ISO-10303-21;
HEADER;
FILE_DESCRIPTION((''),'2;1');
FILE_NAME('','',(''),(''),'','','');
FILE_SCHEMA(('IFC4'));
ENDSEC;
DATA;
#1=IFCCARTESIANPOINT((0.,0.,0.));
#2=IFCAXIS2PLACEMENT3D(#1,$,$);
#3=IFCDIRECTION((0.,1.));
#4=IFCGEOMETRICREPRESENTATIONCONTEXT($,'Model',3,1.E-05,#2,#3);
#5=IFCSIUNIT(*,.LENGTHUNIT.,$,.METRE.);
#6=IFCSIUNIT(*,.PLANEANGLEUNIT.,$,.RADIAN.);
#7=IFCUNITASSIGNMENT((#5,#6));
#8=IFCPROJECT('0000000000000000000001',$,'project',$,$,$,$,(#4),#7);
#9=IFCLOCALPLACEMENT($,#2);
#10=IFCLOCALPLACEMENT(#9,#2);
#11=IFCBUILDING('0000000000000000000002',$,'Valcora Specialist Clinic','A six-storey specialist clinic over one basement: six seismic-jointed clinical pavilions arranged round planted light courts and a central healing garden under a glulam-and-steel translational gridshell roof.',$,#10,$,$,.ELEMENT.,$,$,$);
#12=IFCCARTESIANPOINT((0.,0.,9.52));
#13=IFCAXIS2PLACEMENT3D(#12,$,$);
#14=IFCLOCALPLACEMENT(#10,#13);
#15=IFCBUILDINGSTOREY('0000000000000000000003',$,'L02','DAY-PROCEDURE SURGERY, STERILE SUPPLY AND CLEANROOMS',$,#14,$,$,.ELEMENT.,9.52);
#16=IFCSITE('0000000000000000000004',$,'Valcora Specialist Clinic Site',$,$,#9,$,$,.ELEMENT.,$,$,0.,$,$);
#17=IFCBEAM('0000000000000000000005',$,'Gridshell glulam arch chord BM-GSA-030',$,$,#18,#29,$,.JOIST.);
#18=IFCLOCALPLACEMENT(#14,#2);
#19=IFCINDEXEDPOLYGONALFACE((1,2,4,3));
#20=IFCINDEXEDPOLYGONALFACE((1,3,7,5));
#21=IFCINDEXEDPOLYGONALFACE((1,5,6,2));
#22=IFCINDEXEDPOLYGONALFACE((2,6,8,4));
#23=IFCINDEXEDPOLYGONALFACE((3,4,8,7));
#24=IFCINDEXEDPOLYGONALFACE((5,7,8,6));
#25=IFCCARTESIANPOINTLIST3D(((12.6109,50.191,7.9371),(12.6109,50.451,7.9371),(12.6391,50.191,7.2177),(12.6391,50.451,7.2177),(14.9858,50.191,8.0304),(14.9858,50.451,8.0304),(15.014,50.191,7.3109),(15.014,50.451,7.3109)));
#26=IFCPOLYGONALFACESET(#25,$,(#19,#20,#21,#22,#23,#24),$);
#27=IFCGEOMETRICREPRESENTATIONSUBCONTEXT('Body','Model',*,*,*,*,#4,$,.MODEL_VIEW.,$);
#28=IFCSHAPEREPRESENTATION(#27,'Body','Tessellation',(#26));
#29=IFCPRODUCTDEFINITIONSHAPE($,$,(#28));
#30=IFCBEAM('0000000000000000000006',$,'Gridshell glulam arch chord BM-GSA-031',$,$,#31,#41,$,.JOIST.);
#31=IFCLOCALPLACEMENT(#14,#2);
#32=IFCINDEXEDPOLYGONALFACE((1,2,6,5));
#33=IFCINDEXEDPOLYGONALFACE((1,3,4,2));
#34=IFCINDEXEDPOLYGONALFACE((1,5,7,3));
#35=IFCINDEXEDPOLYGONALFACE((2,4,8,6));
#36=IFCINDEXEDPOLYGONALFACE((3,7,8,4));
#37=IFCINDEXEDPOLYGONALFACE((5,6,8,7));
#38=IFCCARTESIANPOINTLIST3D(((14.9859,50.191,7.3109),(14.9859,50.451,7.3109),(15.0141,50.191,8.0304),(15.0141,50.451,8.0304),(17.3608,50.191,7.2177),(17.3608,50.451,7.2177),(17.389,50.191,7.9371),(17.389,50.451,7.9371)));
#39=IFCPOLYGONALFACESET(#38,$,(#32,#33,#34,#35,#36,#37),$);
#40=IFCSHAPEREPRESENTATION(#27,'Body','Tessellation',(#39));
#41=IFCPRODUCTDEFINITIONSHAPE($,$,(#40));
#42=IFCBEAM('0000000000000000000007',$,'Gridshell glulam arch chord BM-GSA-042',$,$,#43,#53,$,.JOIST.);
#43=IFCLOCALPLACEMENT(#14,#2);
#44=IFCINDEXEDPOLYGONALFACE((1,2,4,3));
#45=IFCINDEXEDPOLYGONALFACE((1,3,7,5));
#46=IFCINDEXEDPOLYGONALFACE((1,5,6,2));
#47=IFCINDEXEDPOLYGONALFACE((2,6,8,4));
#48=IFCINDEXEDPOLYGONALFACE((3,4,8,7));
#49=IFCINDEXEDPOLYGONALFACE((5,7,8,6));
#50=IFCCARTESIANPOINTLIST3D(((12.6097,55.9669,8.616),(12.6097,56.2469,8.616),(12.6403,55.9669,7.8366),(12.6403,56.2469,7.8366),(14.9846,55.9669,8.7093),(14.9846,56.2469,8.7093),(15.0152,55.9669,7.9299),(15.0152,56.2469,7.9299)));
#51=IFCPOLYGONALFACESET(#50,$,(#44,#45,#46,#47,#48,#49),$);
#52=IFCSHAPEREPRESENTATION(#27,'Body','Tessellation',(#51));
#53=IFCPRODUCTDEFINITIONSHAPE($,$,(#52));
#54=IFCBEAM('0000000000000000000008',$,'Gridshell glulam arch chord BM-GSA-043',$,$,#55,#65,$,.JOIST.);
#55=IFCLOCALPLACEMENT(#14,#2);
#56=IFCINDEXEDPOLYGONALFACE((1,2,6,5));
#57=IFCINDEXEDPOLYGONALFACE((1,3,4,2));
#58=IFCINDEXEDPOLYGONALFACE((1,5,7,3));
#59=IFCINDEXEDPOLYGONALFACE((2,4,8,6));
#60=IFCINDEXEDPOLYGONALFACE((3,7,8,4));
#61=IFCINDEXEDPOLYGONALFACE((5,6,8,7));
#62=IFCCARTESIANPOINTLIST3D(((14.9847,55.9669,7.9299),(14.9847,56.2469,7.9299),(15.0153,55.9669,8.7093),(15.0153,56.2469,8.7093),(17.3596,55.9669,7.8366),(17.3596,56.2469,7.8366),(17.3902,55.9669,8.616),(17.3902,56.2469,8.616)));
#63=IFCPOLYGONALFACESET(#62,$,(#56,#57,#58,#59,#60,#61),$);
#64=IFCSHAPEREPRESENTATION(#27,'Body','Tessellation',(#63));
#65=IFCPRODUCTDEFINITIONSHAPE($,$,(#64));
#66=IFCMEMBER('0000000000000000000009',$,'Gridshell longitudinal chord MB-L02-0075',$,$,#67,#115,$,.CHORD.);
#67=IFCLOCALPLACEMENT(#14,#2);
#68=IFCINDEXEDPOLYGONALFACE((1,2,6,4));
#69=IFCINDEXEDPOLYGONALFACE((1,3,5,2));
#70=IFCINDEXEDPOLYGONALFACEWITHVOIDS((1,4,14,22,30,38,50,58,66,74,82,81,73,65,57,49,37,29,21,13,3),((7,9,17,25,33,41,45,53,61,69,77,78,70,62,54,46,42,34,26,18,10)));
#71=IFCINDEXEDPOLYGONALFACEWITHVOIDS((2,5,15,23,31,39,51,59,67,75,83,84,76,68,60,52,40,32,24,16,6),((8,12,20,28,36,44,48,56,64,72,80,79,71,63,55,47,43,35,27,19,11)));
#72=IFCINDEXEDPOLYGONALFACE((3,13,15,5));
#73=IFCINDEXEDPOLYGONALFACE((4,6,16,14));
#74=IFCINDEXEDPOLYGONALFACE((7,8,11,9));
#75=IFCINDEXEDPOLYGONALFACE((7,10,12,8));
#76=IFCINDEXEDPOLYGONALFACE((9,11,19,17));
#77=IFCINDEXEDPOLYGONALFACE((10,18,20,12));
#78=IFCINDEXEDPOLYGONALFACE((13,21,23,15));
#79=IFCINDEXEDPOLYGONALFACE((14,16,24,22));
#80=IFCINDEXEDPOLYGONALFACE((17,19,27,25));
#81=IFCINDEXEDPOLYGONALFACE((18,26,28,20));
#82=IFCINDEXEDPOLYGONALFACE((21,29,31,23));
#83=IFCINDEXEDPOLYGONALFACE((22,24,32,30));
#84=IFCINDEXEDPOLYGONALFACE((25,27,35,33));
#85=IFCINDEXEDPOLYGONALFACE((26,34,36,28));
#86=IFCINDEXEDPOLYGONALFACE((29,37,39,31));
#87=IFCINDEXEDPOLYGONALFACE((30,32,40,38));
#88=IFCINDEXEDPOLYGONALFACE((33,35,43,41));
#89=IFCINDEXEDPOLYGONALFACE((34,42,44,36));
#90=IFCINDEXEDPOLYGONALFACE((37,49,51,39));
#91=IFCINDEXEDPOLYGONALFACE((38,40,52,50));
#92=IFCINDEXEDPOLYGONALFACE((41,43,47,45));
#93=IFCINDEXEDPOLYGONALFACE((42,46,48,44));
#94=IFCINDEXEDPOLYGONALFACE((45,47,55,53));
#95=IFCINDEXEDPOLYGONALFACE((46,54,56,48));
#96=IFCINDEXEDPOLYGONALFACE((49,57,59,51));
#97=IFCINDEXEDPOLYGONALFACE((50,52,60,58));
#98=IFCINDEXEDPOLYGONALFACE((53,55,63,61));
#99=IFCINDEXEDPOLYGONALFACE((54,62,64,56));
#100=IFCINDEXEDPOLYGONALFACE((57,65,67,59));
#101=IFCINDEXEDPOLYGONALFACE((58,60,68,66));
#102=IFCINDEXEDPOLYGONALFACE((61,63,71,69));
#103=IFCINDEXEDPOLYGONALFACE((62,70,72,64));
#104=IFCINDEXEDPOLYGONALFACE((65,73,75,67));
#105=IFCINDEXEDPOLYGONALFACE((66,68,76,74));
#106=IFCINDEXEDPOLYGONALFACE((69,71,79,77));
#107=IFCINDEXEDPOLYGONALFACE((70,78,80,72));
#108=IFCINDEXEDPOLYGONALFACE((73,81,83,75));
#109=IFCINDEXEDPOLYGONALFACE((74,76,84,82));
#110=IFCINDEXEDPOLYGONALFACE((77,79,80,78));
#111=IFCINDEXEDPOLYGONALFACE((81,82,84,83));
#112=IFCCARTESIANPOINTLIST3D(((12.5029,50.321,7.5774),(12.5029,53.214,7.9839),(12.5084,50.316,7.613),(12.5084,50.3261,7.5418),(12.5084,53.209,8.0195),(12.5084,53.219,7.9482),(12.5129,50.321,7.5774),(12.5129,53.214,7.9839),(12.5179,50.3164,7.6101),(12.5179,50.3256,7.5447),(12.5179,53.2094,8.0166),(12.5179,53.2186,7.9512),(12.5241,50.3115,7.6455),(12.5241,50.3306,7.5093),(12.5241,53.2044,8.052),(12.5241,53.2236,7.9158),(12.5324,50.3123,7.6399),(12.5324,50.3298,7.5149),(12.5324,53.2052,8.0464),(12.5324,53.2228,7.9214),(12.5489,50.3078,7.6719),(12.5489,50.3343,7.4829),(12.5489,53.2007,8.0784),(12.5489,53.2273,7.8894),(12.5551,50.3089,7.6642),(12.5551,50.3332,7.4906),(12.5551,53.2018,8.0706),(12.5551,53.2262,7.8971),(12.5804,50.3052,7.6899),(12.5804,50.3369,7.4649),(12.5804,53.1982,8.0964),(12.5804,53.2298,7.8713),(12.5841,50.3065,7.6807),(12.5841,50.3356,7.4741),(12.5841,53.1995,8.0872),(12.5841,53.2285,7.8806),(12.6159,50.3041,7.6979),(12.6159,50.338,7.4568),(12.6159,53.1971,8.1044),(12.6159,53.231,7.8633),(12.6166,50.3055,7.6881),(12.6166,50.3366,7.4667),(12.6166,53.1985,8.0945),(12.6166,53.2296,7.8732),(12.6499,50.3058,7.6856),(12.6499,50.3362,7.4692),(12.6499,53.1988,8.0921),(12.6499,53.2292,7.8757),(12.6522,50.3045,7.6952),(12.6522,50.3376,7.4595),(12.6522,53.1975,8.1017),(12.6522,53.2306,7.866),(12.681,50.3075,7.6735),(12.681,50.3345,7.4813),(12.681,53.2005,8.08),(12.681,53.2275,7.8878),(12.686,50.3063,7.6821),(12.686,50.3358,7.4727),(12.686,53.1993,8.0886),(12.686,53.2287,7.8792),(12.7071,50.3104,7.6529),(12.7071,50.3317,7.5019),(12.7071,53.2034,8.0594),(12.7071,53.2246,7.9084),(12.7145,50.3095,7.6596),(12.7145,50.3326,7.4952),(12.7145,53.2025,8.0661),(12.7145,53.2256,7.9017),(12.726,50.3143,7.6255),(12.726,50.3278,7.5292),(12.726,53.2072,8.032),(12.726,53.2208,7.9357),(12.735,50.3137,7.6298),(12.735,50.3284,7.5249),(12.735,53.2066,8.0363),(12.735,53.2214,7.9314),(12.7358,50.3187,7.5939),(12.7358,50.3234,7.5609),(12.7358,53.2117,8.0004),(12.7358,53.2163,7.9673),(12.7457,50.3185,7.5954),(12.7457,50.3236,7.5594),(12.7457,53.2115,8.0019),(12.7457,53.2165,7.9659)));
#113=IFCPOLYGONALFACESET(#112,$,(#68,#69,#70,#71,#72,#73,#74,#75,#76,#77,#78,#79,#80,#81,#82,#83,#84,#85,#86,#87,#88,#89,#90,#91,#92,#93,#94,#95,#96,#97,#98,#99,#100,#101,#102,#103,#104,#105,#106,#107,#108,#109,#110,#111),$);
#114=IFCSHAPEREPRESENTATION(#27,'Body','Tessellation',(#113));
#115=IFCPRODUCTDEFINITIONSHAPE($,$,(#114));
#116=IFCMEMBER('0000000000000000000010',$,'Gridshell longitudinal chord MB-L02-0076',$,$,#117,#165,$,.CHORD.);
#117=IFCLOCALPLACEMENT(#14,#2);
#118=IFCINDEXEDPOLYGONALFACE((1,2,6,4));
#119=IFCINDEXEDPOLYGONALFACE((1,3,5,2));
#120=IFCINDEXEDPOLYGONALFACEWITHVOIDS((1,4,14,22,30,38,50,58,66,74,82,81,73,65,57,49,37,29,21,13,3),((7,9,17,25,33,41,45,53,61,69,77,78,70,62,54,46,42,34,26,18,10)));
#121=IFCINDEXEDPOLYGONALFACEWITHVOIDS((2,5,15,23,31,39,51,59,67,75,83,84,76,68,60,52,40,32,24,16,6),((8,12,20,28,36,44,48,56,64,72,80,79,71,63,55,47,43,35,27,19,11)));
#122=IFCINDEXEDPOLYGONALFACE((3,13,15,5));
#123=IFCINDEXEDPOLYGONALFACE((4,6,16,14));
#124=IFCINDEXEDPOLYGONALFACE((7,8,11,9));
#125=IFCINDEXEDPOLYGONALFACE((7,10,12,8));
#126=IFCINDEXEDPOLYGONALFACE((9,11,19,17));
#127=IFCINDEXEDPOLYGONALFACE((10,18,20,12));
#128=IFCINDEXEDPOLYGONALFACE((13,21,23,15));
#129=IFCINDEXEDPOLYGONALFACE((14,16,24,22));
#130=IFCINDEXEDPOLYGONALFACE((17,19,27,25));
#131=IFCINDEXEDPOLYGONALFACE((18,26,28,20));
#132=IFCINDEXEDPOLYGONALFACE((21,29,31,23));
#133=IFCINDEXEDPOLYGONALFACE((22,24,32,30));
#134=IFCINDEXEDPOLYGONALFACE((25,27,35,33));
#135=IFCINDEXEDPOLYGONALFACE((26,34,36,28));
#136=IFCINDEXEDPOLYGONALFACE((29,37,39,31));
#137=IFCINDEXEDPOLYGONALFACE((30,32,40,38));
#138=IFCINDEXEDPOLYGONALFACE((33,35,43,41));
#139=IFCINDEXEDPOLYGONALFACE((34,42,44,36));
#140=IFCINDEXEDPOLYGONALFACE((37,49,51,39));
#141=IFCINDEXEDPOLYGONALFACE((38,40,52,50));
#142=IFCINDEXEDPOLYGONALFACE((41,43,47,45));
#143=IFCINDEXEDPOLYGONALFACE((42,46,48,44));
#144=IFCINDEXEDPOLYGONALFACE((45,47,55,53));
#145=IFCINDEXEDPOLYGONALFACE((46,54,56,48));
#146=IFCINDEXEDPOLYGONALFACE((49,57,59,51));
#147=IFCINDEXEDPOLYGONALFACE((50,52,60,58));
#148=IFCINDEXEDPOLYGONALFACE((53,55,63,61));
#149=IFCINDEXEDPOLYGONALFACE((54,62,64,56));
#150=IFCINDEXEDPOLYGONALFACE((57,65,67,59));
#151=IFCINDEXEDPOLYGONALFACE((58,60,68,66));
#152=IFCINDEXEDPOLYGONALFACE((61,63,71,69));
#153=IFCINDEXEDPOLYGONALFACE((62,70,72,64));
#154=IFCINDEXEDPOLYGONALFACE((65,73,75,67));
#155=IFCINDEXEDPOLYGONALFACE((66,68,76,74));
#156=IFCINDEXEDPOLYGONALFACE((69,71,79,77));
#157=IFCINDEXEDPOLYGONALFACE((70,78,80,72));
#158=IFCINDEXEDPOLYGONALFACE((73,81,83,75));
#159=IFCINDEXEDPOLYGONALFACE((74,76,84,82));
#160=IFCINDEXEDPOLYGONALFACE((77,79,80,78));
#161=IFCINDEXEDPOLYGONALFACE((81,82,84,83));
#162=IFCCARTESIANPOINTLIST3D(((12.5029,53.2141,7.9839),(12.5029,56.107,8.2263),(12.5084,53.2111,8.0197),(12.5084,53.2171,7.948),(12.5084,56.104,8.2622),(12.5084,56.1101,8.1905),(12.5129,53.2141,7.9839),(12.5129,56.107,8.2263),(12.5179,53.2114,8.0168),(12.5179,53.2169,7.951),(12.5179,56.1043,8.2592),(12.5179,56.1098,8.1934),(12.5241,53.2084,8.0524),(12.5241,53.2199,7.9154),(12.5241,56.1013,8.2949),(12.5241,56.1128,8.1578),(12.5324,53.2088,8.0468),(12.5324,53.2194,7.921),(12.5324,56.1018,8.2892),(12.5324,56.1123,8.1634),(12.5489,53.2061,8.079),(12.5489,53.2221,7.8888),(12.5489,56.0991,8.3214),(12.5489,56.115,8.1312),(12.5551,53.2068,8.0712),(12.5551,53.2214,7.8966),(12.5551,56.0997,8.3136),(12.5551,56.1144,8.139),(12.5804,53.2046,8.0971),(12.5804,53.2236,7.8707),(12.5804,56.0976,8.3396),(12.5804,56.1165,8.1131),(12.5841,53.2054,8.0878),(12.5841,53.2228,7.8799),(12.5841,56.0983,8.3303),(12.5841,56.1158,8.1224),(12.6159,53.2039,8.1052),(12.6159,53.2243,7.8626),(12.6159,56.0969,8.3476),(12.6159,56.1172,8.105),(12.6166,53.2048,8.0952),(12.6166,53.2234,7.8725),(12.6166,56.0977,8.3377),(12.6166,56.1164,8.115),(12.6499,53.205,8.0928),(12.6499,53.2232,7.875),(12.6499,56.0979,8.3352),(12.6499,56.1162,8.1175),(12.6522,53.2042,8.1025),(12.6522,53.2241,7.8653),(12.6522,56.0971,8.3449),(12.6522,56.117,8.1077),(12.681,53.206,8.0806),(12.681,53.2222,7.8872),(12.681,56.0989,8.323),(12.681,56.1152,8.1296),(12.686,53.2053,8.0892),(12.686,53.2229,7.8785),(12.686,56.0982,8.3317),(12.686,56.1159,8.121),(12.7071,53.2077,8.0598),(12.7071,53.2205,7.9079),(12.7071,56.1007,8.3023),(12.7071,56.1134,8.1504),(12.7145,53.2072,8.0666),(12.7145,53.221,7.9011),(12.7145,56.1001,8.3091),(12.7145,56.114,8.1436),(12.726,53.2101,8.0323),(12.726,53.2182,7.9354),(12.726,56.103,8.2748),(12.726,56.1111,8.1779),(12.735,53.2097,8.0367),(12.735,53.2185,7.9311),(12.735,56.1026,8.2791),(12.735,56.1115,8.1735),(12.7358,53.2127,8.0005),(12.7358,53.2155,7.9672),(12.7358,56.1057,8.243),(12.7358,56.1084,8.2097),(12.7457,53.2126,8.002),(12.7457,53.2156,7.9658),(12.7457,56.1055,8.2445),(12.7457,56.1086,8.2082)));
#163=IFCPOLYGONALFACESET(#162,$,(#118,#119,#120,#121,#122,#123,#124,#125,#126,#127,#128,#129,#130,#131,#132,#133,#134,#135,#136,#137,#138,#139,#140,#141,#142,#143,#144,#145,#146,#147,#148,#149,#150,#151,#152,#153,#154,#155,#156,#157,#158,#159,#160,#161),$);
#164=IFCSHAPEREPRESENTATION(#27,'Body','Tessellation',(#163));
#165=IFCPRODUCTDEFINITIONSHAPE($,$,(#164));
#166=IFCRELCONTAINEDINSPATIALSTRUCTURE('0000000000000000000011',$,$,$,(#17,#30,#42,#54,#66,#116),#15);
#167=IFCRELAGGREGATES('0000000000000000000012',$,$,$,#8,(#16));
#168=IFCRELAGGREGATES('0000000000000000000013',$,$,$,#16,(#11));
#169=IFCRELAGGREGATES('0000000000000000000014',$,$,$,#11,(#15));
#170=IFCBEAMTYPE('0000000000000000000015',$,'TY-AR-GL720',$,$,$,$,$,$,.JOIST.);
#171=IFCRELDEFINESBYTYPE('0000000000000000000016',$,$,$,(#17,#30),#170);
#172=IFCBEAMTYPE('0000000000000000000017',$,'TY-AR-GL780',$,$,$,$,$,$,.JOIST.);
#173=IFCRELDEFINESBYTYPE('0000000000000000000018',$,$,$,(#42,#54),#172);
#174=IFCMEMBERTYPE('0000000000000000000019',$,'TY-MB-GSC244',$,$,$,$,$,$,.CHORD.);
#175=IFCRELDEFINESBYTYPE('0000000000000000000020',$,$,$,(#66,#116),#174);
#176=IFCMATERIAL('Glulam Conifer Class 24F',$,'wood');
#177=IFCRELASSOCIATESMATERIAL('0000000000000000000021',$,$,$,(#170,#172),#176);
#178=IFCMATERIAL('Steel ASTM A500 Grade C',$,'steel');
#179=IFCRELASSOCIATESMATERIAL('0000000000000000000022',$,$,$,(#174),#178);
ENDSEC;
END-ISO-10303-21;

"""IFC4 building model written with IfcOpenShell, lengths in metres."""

from ifc_helpers import new_model, si_unit, direction, frame, origin, origin_2d, place, context, subcontext, project, spatial, rectangle, hollow_circle, extrude, material, material_profile, profile_set, type_object, element, save


model = new_model("IFC4")

# Units and contexts
model_context = context("Model", 3, precision=1e-05, world=origin(), true_north=direction((0.0, 1.0)))
body_context = subcontext(model_context, "Body", "Model", "MODEL_VIEW")
ifc_project = project(units=[si_unit("LENGTHUNIT", "METRE"), si_unit("PLANEANGLEUNIT", "RADIAN")], contexts=[model_context])

# Site, building, storey
site_placement = place(None, origin())
site = spatial("IfcSite", under=ifc_project, at=site_placement, Name="Valcora Specialist Clinic Site", CompositionType="ELEMENT", RefElevation=0.0)
building_placement = place(site_placement, origin())
building = spatial("IfcBuilding", under=site, at=building_placement, Name="Valcora Specialist Clinic", Description="A six-storey specialist clinic over one basement: six seismic-jointed clinical pavilions arranged round planted light courts and a central healing garden under a glulam-and-steel translational gridshell roof.", CompositionType="ELEMENT")
storey_placement = place(building_placement, frame((0.0, 0.0, 9.52)))
storey = spatial("IfcBuildingStorey", under=building, at=storey_placement, Name="L02", Description="DAY-PROCEDURE SURGERY, STERILE SUPPLY AND CLEANROOMS", CompositionType="ELEMENT", Elevation=9.52)

# Beams
ifc_material_1 = material(Name="Glulam Conifer Class 24F", Category="wood")
ifc_material_profile_1 = material_profile(ifc_material_1, rectangle(XDim=0.26, YDim=0.72, at=origin_2d()), Name="GL-ARC-260X720")
ifc_profile_set_1 = profile_set([ifc_material_profile_1], Name="Glulam Conifer Class 24F")
beam_type_1 = type_object("IfcBeamType", Name="TY-AR-GL720", PredefinedType="JOIST", material=ifc_profile_set_1)
for number, where, z_axis, x_axis, name in (
    (1, (12.625, 50.321, 7.5774), (0.99923, 0.0, 0.039238), (0.0, 1.0, 0.0), "Gridshell glulam arch chord BM-GSA-030"),
    (2, (15.0, 50.321, 7.6707), (0.99923, 0.0, -0.039238), (0.0, 1.0, 0.0), "Gridshell glulam arch chord BM-GSA-031"),
):
    element("IfcBeam", number, at=place(storey_placement, frame(where, z_axis=z_axis, x_axis=x_axis)), inside=storey, type_object=beam_type_1, Name=name, PredefinedType="JOIST", context=body_context, shape_type="SweptSolid", body=[
        extrude(rectangle(XDim=0.26, YDim=0.72, at=origin_2d()), origin(), (0.0, 0.0, 1.0), 2.3767),
    ])
ifc_material_profile_2 = material_profile(ifc_material_1, rectangle(XDim=0.28, YDim=0.78, at=origin_2d()), Name="GL-ARC-280X780")
ifc_profile_set_2 = profile_set([ifc_material_profile_2], Name="Glulam Conifer Class 24F")
beam_type_2 = type_object("IfcBeamType", Name="TY-AR-GL780", PredefinedType="JOIST", material=ifc_profile_set_2)
for number, where, z_axis, x_axis, name in (
    (3, (12.625, 56.1069, 8.2263), (0.99923, 0.0, 0.039238), (0.0, 1.0, 0.0), "Gridshell glulam arch chord BM-GSA-042"),
    (4, (15.0, 56.1069, 8.3196), (0.99923, 0.0, -0.039238), (0.0, 1.0, 0.0), "Gridshell glulam arch chord BM-GSA-043"),
):
    element("IfcBeam", number, at=place(storey_placement, frame(where, z_axis=z_axis, x_axis=x_axis)), inside=storey, type_object=beam_type_2, Name=name, PredefinedType="JOIST", context=body_context, shape_type="SweptSolid", body=[
        extrude(rectangle(XDim=0.28, YDim=0.78, at=origin_2d()), origin(), (0.0, 0.0, 1.0), 2.3767),
    ])

# Members
ifc_material_2 = material(Name="Steel ASTM A500 Grade C", Category="steel")
ifc_material_profile_3 = material_profile(ifc_material_2, hollow_circle(Radius=0.1221, WallThickness=0.01, at=origin_2d()), Name="ST-CHS-244X10")
ifc_profile_set_3 = profile_set([ifc_material_profile_3], Name="Steel ASTM A500 Grade C")
member_type_1 = type_object("IfcMemberType", Name="TY-MB-GSC244", PredefinedType="CHORD", material=ifc_profile_set_3)
member_1_placement = place(storey_placement, frame((12.625, 50.321, 7.5774), z_axis=(0.0, 0.990273, 0.13914), x_axis=(-1.0, 0.0, 0.0)))
element("IfcMember", 5, at=member_1_placement, inside=storey, type_object=member_type_1, Name="Gridshell longitudinal chord MB-L02-0075", PredefinedType="CHORD", context=body_context, shape_type="SweptSolid", body=[
    extrude(hollow_circle(Radius=0.1221, WallThickness=0.01, at=origin_2d()), origin(), (0.0, 0.0, 1.0), 2.9214),
])
member_2_placement = place(storey_placement, frame((12.625, 53.2141, 7.9839), z_axis=(0.0, 0.996507, 0.083512), x_axis=(-1.0, 0.0, 0.0)))
element("IfcMember", 6, at=member_2_placement, inside=storey, type_object=member_type_1, Name="Gridshell longitudinal chord MB-L02-0076", PredefinedType="CHORD", context=body_context, shape_type="SweptSolid", body=[
    extrude(hollow_circle(Radius=0.1221, WallThickness=0.01, at=origin_2d()), origin(), (0.0, 0.0, 1.0), 2.9031),
])

save(model, "model.ifc")
